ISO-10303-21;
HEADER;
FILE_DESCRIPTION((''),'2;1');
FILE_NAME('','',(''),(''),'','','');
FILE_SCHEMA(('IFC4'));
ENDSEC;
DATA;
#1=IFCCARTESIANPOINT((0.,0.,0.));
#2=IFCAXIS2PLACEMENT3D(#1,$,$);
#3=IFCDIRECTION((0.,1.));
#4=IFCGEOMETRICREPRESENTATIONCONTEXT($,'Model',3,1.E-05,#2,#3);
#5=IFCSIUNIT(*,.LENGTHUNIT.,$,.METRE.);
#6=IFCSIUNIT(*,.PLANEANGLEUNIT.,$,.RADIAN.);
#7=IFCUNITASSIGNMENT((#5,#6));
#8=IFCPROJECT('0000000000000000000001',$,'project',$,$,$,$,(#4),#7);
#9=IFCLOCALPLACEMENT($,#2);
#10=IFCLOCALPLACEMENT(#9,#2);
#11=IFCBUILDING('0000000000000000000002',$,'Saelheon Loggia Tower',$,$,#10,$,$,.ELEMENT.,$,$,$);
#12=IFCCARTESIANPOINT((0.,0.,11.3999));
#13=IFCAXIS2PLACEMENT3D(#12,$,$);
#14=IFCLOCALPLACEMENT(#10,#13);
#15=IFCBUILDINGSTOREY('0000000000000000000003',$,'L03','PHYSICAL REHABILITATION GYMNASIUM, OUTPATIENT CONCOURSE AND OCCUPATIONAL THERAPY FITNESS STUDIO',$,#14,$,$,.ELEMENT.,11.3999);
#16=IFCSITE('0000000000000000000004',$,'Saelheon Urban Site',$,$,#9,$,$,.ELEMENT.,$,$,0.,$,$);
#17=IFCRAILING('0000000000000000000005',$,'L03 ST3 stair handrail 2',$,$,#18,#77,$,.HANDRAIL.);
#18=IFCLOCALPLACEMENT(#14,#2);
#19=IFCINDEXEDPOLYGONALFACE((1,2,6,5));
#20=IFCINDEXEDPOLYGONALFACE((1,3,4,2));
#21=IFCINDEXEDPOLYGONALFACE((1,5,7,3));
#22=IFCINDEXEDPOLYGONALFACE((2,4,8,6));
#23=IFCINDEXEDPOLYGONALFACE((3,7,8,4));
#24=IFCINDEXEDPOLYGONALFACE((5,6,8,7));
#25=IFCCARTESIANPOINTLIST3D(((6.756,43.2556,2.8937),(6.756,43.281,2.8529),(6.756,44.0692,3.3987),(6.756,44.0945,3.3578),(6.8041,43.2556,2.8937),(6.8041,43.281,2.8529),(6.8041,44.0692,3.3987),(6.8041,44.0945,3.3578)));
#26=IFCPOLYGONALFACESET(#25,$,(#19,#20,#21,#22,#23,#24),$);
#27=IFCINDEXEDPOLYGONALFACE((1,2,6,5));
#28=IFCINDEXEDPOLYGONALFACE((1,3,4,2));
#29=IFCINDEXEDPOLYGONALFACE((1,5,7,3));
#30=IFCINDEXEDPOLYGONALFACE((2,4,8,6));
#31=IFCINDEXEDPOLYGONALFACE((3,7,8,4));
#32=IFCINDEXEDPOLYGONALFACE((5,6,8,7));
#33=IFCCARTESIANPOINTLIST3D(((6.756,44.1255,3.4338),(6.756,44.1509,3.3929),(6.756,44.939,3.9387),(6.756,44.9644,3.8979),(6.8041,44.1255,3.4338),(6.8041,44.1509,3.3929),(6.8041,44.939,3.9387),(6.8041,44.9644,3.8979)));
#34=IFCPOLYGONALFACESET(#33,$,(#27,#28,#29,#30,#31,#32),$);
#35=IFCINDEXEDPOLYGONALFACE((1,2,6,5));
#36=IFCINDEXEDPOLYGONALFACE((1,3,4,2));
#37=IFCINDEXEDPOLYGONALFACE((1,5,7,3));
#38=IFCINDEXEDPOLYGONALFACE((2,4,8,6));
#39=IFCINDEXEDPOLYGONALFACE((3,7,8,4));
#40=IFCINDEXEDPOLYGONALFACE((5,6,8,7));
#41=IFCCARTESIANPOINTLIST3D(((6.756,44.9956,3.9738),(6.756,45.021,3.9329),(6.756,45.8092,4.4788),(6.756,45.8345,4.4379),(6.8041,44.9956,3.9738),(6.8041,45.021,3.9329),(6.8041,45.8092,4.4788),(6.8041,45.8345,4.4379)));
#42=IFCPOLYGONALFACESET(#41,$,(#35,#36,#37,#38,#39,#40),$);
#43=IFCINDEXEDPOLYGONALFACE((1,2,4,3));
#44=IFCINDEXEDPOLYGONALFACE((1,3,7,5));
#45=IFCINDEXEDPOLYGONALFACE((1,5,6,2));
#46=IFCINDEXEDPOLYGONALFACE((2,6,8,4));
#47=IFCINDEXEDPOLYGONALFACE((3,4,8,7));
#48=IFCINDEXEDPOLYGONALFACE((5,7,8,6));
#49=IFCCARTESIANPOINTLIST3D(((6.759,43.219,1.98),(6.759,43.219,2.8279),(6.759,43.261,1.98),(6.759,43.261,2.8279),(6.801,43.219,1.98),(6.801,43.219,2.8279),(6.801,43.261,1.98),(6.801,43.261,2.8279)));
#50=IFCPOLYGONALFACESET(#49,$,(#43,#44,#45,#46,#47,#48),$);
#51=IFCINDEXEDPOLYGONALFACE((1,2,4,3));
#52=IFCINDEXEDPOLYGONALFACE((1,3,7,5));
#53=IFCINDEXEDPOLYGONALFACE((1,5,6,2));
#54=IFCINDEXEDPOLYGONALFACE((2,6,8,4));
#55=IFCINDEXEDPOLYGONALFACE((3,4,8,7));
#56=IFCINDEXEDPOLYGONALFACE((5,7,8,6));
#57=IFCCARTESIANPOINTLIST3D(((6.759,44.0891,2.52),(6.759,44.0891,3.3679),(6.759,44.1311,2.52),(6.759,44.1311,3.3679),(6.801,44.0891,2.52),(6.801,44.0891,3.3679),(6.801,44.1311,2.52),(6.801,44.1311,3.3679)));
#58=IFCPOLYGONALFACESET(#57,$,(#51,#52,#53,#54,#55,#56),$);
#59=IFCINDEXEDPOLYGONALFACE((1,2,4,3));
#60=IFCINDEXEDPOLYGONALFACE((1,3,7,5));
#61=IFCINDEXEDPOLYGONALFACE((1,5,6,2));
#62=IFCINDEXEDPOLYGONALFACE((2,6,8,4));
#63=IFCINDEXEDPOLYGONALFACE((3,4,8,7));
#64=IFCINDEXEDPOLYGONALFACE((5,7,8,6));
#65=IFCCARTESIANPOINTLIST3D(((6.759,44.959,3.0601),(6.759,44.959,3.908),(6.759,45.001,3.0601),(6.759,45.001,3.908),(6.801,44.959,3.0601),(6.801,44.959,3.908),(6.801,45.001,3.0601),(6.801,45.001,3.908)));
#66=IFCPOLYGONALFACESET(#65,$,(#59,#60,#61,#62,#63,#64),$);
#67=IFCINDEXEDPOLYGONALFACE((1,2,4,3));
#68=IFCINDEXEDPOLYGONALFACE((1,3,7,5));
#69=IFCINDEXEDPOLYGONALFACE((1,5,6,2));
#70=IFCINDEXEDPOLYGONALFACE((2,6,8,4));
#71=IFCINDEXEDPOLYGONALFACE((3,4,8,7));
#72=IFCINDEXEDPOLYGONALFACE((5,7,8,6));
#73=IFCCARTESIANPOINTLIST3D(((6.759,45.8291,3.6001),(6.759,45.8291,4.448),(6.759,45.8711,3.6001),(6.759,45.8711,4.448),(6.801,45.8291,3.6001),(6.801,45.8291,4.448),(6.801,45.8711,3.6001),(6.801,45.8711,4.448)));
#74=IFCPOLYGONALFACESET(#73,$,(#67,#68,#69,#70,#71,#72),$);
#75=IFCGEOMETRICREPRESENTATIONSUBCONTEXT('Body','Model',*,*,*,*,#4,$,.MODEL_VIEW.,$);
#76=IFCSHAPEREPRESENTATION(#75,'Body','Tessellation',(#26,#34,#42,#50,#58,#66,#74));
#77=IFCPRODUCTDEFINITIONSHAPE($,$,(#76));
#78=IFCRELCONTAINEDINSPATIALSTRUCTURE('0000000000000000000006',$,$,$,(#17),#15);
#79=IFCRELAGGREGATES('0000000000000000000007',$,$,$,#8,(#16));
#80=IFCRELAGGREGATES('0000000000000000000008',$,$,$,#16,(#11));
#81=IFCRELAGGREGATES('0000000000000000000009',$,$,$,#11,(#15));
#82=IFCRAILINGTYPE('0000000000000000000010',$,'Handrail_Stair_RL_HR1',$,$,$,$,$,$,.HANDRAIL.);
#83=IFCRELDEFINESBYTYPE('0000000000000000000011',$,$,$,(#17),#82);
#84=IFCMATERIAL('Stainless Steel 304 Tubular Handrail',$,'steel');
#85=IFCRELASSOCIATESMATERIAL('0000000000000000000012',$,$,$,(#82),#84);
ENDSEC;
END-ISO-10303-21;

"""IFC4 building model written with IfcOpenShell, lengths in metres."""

from ifc_helpers import new_model, si_unit, direction, frame, origin, origin_2d, place, context, subcontext, project, spatial, rectangle, extrude, material, type_object, element, save


model = new_model("IFC4")

# Units and contexts
model_context = context("Model", 3, precision=1e-05, world=origin(), true_north=direction((0.0, 1.0)))
body_context = subcontext(model_context, "Body", "Model", "MODEL_VIEW")
ifc_project = project(units=[si_unit("LENGTHUNIT", "METRE"), si_unit("PLANEANGLEUNIT", "RADIAN")], contexts=[model_context])

# Site, building, storey
site_placement = place(None, origin())
site = spatial("IfcSite", under=ifc_project, at=site_placement, Name="Saelheon Urban Site", CompositionType="ELEMENT", RefElevation=0.0)
building_placement = place(site_placement, origin())
building = spatial("IfcBuilding", under=site, at=building_placement, Name="Saelheon Loggia Tower", CompositionType="ELEMENT")
storey_placement = place(building_placement, frame((0.0, 0.0, 11.3999)))
storey = spatial("IfcBuildingStorey", under=building, at=storey_placement, Name="L03", Description="PHYSICAL REHABILITATION GYMNASIUM, OUTPATIENT CONCOURSE AND OCCUPATIONAL THERAPY FITNESS STUDIO", CompositionType="ELEMENT", Elevation=11.3999)

# Railing
ifc_material_1 = material(Name="Stainless Steel 304 Tubular Handrail", Category="steel")
railing_type_1 = type_object("IfcRailingType", Name="Handrail_Stair_RL_HR1", PredefinedType="HANDRAIL", material=ifc_material_1)
railing_1_placement = place(storey_placement, frame((6.78, 43.24, 1.98)))
element("IfcRailing", 1, at=railing_1_placement, inside=storey, type_object=railing_type_1, Name="L03 ST3 stair handrail 2", PredefinedType="HANDRAIL", context=body_context, shape_type="SweptSolid", body=[
    extrude(rectangle(XDim=0.0481, YDim=0.0481, at=origin_2d()), frame((0.0, 0.0283, 0.8933), z_axis=(0.0, 0.849633, 0.527375), x_axis=(-1.0, 0.0, 0.0)), (0.0, 0.0, 1.0), 0.9575),
    extrude(rectangle(XDim=0.0481, YDim=0.0481, at=origin_2d()), frame((0.0, 0.8982, 1.4333), z_axis=(0.0, 0.849633, 0.527375), x_axis=(-1.0, 0.0, 0.0)), (0.0, 0.0, 1.0), 0.9575),
    extrude(rectangle(XDim=0.0481, YDim=0.0481, at=origin_2d()), frame((0.0, 1.7683, 1.9734), z_axis=(0.0, 0.849633, 0.527375), x_axis=(-1.0, 0.0, 0.0)), (0.0, 0.0, 1.0), 0.9575),
    extrude(rectangle(XDim=0.042, YDim=0.042, at=origin_2d()), origin(), (0.0, 0.0, 1.0), 0.8479),
    extrude(rectangle(XDim=0.042, YDim=0.042, at=origin_2d()), frame((0.0, 0.8701, 0.54)), (0.0, 0.0, 1.0), 0.8479),
    extrude(rectangle(XDim=0.042, YDim=0.042, at=origin_2d()), frame((0.0, 1.74, 1.0801)), (0.0, 0.0, 1.0), 0.8479),
    extrude(rectangle(XDim=0.042, YDim=0.042, at=origin_2d()), frame((0.0, 2.6101, 1.6201)), (0.0, 0.0, 1.0), 0.8479),
])

save(model, "model.ifc")
